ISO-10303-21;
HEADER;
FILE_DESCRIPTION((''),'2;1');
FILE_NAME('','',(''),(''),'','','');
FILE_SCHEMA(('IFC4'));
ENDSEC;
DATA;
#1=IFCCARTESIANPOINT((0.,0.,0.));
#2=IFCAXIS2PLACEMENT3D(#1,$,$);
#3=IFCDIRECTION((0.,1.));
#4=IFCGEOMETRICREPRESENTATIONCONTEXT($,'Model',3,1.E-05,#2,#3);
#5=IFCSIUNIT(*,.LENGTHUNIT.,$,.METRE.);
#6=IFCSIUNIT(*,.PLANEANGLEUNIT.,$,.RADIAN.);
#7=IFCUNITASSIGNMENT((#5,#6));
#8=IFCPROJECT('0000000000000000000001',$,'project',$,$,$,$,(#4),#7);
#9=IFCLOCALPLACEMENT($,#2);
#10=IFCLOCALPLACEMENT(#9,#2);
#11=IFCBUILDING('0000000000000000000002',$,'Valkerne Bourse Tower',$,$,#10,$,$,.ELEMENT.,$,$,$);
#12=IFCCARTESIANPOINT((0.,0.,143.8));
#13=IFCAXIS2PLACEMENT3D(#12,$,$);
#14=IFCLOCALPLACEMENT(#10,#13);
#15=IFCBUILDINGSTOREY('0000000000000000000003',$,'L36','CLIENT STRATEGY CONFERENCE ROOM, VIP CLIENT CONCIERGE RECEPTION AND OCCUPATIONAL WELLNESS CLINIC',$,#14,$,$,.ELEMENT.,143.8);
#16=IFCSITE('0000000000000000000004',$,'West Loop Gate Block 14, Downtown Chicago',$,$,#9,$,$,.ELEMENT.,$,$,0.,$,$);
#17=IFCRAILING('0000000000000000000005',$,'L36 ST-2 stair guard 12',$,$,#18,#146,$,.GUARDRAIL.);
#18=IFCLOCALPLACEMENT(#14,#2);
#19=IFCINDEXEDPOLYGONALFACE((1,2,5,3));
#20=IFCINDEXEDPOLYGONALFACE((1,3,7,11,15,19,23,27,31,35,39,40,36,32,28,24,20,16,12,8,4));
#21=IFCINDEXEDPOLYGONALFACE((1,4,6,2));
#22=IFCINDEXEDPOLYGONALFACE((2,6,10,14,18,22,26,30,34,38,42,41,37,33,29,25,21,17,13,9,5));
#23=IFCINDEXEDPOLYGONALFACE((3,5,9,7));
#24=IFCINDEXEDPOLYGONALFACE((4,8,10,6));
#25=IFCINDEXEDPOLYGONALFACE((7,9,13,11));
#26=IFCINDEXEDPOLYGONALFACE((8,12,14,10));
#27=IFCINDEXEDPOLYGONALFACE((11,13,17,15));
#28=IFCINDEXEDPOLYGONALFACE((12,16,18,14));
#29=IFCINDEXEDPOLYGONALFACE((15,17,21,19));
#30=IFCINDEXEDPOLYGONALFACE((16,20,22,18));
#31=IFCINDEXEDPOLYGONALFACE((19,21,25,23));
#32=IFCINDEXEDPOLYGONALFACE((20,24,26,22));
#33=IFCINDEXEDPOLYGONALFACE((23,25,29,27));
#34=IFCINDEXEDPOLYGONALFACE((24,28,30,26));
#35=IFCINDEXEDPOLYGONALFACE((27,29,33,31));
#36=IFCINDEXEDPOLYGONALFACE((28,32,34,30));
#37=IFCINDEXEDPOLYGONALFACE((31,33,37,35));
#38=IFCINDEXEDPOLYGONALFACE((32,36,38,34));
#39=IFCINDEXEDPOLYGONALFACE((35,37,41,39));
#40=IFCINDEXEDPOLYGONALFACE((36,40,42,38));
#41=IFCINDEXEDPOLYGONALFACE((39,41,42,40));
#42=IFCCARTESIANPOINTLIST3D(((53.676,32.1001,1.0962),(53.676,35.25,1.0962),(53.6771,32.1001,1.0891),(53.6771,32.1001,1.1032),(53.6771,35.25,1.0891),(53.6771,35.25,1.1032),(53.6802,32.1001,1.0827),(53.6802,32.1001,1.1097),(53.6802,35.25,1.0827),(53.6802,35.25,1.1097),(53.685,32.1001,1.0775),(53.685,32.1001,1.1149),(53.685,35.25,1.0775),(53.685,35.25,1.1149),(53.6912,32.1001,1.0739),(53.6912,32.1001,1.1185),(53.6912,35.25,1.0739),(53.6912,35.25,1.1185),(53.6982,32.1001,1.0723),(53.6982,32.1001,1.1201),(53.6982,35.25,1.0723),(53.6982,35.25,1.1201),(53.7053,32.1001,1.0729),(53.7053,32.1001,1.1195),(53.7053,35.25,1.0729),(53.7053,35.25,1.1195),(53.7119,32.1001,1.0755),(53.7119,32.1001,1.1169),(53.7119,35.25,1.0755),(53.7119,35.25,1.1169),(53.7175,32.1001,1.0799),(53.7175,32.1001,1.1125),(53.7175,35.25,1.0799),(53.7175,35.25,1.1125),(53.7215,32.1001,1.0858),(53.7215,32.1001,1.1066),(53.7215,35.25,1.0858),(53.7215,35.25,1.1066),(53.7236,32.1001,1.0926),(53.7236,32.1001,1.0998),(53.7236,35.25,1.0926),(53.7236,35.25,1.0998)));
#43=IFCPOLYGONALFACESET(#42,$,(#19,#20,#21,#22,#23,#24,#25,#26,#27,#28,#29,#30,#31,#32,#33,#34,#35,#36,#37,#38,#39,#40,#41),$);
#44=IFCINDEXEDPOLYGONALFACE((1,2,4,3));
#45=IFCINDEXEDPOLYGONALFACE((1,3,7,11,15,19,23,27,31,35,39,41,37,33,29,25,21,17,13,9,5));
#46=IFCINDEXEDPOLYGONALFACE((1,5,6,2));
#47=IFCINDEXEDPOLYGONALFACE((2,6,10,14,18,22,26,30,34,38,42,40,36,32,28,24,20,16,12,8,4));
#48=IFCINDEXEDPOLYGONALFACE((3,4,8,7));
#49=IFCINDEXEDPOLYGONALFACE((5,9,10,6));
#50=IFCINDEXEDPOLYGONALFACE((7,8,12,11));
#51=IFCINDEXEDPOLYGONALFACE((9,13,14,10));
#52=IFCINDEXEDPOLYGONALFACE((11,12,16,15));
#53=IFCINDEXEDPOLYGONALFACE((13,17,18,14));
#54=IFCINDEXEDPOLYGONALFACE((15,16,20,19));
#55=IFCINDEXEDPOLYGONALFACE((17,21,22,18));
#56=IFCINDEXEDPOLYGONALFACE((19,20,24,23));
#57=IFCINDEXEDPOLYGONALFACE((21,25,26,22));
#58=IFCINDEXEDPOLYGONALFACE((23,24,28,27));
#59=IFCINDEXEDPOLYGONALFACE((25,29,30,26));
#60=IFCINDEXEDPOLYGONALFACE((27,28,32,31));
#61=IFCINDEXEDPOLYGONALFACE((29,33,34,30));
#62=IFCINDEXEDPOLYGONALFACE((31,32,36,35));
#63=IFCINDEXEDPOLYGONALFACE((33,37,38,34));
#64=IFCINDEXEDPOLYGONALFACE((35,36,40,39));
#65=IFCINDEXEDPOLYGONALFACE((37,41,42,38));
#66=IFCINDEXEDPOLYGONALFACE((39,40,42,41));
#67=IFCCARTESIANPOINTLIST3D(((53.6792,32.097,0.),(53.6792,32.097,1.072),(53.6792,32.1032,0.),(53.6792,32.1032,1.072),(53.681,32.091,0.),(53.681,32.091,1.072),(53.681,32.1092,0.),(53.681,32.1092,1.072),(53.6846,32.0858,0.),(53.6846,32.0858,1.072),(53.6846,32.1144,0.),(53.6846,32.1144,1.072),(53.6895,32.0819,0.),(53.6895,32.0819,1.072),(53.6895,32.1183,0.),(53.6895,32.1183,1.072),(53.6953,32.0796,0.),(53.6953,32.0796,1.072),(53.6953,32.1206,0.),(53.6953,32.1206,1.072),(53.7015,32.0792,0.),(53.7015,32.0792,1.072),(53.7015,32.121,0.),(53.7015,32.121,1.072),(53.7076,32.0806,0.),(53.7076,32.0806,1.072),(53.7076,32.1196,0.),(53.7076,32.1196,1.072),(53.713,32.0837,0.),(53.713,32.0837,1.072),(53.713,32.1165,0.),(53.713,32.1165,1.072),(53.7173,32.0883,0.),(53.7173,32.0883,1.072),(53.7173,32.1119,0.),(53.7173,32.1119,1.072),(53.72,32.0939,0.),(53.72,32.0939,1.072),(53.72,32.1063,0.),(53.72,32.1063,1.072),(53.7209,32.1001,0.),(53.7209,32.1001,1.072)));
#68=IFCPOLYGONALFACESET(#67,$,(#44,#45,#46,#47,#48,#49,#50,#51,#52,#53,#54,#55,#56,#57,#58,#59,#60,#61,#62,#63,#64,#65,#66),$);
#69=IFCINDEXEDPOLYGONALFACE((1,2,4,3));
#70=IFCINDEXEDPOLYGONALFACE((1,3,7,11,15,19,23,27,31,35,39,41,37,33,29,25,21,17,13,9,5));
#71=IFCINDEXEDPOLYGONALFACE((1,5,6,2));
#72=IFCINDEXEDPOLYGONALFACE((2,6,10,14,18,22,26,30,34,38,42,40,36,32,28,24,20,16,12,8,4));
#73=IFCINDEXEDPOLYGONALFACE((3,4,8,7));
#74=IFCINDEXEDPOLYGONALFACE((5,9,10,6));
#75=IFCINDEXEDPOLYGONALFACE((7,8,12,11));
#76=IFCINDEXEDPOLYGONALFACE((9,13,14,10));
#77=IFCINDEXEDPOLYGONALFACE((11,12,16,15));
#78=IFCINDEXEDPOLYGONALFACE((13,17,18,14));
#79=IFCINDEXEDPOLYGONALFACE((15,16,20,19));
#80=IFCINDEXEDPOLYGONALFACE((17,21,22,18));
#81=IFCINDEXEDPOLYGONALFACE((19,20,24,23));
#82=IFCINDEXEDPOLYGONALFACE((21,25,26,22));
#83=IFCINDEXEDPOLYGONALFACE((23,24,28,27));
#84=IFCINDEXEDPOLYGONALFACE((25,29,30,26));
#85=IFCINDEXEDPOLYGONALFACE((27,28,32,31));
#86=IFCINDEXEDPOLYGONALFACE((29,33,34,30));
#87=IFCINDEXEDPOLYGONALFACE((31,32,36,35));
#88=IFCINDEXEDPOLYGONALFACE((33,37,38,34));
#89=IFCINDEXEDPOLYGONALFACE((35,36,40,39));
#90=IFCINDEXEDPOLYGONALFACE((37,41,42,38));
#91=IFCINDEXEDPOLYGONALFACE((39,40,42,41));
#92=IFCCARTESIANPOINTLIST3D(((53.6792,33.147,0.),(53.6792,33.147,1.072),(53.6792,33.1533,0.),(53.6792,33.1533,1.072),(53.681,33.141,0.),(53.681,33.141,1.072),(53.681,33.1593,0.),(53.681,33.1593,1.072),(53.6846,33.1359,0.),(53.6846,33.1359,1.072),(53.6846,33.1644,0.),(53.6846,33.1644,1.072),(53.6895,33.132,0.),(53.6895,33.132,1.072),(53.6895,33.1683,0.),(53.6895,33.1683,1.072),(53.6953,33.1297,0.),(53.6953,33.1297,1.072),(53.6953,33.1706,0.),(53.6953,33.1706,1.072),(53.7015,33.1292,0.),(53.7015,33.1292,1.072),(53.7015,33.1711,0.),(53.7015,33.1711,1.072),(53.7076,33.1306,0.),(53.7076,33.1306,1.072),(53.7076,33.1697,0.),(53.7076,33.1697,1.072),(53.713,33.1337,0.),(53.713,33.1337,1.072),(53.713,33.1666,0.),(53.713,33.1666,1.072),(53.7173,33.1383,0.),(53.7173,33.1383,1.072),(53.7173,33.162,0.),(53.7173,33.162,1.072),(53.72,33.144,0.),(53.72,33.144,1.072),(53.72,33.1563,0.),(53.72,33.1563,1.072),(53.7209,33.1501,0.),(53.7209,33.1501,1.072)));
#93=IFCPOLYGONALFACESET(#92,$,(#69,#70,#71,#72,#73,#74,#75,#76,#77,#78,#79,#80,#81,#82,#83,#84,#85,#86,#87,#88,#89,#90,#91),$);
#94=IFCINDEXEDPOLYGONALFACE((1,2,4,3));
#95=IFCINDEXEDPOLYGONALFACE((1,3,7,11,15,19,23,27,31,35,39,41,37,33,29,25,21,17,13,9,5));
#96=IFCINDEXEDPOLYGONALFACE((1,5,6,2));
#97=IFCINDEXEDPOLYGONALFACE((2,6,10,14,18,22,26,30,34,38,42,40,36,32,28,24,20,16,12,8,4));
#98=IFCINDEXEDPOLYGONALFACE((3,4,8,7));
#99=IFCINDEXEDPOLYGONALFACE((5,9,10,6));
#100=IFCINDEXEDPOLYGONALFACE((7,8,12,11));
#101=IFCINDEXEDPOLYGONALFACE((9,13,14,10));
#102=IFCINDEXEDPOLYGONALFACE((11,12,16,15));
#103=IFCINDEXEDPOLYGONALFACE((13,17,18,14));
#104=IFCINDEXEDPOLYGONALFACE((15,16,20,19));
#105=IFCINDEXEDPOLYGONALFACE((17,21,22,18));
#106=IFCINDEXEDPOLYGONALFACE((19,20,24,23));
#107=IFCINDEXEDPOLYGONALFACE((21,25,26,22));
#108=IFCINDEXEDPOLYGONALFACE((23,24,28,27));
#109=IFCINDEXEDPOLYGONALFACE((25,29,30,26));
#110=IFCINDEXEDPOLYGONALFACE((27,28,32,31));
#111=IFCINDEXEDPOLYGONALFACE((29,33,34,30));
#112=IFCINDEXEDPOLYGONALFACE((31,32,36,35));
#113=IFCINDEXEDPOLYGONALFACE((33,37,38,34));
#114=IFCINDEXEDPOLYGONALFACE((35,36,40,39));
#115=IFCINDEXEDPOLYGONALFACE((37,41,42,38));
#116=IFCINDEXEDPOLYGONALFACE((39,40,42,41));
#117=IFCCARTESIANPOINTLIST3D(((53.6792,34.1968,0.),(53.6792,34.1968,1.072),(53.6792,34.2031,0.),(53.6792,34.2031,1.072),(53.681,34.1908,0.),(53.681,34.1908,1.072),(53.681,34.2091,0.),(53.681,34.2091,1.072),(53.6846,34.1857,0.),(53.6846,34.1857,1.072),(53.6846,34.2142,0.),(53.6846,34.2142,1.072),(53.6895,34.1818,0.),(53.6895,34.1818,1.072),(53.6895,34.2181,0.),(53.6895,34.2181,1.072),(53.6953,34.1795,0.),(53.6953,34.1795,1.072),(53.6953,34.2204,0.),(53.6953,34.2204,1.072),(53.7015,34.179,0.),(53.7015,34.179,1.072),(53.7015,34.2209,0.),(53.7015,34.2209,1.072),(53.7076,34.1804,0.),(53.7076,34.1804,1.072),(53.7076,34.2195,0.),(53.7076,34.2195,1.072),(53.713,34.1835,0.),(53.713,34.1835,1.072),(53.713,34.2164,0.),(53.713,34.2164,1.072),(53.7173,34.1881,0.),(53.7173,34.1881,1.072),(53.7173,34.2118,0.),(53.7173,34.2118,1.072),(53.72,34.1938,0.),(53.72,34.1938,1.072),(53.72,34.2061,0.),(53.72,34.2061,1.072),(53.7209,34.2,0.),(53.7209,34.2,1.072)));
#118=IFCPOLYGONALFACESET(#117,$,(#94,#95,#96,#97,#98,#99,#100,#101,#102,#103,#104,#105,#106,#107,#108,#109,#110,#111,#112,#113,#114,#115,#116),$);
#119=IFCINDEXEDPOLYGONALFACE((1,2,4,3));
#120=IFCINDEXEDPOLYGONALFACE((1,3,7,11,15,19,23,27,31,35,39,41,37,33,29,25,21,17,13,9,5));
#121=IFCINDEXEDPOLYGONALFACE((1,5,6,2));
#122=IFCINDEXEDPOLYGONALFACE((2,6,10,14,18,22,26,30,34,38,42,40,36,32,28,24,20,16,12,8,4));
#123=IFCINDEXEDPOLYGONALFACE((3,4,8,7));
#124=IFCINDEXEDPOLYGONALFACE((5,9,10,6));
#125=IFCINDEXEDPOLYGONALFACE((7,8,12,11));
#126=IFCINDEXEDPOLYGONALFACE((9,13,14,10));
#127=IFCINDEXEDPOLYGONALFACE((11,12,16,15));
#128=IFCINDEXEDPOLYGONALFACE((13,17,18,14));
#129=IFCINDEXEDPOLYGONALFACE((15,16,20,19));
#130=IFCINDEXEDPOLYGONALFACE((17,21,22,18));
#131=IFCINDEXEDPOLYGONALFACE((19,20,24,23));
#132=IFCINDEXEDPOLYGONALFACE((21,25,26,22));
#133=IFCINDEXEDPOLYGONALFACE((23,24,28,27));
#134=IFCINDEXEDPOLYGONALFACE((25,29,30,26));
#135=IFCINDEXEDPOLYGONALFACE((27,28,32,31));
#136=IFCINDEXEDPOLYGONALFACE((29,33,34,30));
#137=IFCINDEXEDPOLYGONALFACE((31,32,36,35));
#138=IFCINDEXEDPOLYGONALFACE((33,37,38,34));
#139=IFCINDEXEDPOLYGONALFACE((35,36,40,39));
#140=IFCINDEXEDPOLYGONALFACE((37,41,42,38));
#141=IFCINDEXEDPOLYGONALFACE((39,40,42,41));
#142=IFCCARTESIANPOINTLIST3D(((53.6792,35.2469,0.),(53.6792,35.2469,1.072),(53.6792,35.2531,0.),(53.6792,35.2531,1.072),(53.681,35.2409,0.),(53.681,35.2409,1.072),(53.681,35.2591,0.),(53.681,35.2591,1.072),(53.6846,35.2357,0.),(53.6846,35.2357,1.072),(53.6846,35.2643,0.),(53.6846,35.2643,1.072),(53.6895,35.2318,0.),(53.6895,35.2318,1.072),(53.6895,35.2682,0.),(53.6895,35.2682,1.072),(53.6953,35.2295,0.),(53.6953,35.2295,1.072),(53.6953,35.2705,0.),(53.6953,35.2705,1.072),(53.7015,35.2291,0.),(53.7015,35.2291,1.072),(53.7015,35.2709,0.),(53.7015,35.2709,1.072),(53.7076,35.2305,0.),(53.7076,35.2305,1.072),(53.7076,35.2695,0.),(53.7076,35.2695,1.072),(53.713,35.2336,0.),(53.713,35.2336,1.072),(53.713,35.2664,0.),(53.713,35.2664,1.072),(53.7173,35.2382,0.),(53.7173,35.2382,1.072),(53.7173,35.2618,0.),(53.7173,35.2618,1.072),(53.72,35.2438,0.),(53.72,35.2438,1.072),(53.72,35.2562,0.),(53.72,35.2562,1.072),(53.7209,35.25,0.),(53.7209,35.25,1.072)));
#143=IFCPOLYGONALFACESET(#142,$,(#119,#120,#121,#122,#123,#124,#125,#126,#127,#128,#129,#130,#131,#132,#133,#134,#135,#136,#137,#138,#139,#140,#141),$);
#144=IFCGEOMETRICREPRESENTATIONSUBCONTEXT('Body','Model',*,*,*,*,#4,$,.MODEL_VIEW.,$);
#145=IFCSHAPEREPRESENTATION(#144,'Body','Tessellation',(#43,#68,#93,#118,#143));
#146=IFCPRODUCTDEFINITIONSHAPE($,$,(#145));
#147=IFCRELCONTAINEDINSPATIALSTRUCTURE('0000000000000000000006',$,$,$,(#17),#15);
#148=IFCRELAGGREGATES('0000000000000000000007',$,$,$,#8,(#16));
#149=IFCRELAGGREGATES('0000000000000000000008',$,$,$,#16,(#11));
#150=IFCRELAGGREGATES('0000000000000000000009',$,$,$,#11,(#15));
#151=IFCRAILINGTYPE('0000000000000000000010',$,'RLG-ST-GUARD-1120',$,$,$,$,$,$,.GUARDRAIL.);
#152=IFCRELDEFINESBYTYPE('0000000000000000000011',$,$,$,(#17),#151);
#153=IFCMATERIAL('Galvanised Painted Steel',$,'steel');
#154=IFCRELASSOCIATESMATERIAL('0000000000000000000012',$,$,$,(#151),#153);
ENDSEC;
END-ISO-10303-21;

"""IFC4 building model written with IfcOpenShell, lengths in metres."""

from ifc_helpers import new_model, si_unit, direction, frame, origin, origin_2d, place, context, subcontext, project, spatial, circle, extrude, material, type_object, element, save


model = new_model("IFC4")

# Units and contexts
model_context = context("Model", 3, precision=1e-05, world=origin(), true_north=direction((0.0, 1.0)))
body_context = subcontext(model_context, "Body", "Model", "MODEL_VIEW")
ifc_project = project(units=[si_unit("LENGTHUNIT", "METRE"), si_unit("PLANEANGLEUNIT", "RADIAN")], contexts=[model_context])

# Site, building, storey
site_placement = place(None, origin())
site = spatial("IfcSite", under=ifc_project, at=site_placement, Name="West Loop Gate Block 14, Downtown Chicago", CompositionType="ELEMENT", RefElevation=0.0)
building_placement = place(site_placement, origin())
building = spatial("IfcBuilding", under=site, at=building_placement, Name="Valkerne Bourse Tower", CompositionType="ELEMENT")
storey_placement = place(building_placement, frame((0.0, 0.0, 143.8)))
storey = spatial("IfcBuildingStorey", under=building, at=storey_placement, Name="L36", Description="CLIENT STRATEGY CONFERENCE ROOM, VIP CLIENT CONCIERGE RECEPTION AND OCCUPATIONAL WELLNESS CLINIC", CompositionType="ELEMENT", Elevation=143.8)

# Railing
ifc_material_1 = material(Name="Galvanised Painted Steel", Category="steel")
railing_type = type_object("IfcRailingType", Name="RLG-ST-GUARD-1120", PredefinedType="GUARDRAIL", material=ifc_material_1)
railing_1_placement = place(storey_placement, frame((53.7, 32.1001, 0.0)))
element("IfcRailing", 1, at=railing_1_placement, inside=storey, type_object=railing_type, Name="L36 ST-2 stair guard 12", PredefinedType="GUARDRAIL", context=body_context, shape_type="SweptSolid", body=[
    extrude(circle(Radius=0.0239, at=origin_2d()), frame((0.0, 0.0, 1.0962), z_axis=(0.0, 1.0, 0.0), x_axis=(-1.0, 0.0, 0.0)), (0.0, 0.0, 1.0), 3.1499),
    extrude(circle(Radius=0.021, at=origin_2d()), origin(), (0.0, 0.0, 1.0), 1.072),
    extrude(circle(Radius=0.021, at=origin_2d()), frame((0.0, 1.05, 0.0)), (0.0, 0.0, 1.0), 1.072),
    extrude(circle(Radius=0.021, at=origin_2d()), frame((0.0, 2.0999, 0.0)), (0.0, 0.0, 1.0), 1.072),
    extrude(circle(Radius=0.021, at=origin_2d()), frame((0.0, 3.1499, 0.0)), (0.0, 0.0, 1.0), 1.072),
])

save(model, "model.ifc")
